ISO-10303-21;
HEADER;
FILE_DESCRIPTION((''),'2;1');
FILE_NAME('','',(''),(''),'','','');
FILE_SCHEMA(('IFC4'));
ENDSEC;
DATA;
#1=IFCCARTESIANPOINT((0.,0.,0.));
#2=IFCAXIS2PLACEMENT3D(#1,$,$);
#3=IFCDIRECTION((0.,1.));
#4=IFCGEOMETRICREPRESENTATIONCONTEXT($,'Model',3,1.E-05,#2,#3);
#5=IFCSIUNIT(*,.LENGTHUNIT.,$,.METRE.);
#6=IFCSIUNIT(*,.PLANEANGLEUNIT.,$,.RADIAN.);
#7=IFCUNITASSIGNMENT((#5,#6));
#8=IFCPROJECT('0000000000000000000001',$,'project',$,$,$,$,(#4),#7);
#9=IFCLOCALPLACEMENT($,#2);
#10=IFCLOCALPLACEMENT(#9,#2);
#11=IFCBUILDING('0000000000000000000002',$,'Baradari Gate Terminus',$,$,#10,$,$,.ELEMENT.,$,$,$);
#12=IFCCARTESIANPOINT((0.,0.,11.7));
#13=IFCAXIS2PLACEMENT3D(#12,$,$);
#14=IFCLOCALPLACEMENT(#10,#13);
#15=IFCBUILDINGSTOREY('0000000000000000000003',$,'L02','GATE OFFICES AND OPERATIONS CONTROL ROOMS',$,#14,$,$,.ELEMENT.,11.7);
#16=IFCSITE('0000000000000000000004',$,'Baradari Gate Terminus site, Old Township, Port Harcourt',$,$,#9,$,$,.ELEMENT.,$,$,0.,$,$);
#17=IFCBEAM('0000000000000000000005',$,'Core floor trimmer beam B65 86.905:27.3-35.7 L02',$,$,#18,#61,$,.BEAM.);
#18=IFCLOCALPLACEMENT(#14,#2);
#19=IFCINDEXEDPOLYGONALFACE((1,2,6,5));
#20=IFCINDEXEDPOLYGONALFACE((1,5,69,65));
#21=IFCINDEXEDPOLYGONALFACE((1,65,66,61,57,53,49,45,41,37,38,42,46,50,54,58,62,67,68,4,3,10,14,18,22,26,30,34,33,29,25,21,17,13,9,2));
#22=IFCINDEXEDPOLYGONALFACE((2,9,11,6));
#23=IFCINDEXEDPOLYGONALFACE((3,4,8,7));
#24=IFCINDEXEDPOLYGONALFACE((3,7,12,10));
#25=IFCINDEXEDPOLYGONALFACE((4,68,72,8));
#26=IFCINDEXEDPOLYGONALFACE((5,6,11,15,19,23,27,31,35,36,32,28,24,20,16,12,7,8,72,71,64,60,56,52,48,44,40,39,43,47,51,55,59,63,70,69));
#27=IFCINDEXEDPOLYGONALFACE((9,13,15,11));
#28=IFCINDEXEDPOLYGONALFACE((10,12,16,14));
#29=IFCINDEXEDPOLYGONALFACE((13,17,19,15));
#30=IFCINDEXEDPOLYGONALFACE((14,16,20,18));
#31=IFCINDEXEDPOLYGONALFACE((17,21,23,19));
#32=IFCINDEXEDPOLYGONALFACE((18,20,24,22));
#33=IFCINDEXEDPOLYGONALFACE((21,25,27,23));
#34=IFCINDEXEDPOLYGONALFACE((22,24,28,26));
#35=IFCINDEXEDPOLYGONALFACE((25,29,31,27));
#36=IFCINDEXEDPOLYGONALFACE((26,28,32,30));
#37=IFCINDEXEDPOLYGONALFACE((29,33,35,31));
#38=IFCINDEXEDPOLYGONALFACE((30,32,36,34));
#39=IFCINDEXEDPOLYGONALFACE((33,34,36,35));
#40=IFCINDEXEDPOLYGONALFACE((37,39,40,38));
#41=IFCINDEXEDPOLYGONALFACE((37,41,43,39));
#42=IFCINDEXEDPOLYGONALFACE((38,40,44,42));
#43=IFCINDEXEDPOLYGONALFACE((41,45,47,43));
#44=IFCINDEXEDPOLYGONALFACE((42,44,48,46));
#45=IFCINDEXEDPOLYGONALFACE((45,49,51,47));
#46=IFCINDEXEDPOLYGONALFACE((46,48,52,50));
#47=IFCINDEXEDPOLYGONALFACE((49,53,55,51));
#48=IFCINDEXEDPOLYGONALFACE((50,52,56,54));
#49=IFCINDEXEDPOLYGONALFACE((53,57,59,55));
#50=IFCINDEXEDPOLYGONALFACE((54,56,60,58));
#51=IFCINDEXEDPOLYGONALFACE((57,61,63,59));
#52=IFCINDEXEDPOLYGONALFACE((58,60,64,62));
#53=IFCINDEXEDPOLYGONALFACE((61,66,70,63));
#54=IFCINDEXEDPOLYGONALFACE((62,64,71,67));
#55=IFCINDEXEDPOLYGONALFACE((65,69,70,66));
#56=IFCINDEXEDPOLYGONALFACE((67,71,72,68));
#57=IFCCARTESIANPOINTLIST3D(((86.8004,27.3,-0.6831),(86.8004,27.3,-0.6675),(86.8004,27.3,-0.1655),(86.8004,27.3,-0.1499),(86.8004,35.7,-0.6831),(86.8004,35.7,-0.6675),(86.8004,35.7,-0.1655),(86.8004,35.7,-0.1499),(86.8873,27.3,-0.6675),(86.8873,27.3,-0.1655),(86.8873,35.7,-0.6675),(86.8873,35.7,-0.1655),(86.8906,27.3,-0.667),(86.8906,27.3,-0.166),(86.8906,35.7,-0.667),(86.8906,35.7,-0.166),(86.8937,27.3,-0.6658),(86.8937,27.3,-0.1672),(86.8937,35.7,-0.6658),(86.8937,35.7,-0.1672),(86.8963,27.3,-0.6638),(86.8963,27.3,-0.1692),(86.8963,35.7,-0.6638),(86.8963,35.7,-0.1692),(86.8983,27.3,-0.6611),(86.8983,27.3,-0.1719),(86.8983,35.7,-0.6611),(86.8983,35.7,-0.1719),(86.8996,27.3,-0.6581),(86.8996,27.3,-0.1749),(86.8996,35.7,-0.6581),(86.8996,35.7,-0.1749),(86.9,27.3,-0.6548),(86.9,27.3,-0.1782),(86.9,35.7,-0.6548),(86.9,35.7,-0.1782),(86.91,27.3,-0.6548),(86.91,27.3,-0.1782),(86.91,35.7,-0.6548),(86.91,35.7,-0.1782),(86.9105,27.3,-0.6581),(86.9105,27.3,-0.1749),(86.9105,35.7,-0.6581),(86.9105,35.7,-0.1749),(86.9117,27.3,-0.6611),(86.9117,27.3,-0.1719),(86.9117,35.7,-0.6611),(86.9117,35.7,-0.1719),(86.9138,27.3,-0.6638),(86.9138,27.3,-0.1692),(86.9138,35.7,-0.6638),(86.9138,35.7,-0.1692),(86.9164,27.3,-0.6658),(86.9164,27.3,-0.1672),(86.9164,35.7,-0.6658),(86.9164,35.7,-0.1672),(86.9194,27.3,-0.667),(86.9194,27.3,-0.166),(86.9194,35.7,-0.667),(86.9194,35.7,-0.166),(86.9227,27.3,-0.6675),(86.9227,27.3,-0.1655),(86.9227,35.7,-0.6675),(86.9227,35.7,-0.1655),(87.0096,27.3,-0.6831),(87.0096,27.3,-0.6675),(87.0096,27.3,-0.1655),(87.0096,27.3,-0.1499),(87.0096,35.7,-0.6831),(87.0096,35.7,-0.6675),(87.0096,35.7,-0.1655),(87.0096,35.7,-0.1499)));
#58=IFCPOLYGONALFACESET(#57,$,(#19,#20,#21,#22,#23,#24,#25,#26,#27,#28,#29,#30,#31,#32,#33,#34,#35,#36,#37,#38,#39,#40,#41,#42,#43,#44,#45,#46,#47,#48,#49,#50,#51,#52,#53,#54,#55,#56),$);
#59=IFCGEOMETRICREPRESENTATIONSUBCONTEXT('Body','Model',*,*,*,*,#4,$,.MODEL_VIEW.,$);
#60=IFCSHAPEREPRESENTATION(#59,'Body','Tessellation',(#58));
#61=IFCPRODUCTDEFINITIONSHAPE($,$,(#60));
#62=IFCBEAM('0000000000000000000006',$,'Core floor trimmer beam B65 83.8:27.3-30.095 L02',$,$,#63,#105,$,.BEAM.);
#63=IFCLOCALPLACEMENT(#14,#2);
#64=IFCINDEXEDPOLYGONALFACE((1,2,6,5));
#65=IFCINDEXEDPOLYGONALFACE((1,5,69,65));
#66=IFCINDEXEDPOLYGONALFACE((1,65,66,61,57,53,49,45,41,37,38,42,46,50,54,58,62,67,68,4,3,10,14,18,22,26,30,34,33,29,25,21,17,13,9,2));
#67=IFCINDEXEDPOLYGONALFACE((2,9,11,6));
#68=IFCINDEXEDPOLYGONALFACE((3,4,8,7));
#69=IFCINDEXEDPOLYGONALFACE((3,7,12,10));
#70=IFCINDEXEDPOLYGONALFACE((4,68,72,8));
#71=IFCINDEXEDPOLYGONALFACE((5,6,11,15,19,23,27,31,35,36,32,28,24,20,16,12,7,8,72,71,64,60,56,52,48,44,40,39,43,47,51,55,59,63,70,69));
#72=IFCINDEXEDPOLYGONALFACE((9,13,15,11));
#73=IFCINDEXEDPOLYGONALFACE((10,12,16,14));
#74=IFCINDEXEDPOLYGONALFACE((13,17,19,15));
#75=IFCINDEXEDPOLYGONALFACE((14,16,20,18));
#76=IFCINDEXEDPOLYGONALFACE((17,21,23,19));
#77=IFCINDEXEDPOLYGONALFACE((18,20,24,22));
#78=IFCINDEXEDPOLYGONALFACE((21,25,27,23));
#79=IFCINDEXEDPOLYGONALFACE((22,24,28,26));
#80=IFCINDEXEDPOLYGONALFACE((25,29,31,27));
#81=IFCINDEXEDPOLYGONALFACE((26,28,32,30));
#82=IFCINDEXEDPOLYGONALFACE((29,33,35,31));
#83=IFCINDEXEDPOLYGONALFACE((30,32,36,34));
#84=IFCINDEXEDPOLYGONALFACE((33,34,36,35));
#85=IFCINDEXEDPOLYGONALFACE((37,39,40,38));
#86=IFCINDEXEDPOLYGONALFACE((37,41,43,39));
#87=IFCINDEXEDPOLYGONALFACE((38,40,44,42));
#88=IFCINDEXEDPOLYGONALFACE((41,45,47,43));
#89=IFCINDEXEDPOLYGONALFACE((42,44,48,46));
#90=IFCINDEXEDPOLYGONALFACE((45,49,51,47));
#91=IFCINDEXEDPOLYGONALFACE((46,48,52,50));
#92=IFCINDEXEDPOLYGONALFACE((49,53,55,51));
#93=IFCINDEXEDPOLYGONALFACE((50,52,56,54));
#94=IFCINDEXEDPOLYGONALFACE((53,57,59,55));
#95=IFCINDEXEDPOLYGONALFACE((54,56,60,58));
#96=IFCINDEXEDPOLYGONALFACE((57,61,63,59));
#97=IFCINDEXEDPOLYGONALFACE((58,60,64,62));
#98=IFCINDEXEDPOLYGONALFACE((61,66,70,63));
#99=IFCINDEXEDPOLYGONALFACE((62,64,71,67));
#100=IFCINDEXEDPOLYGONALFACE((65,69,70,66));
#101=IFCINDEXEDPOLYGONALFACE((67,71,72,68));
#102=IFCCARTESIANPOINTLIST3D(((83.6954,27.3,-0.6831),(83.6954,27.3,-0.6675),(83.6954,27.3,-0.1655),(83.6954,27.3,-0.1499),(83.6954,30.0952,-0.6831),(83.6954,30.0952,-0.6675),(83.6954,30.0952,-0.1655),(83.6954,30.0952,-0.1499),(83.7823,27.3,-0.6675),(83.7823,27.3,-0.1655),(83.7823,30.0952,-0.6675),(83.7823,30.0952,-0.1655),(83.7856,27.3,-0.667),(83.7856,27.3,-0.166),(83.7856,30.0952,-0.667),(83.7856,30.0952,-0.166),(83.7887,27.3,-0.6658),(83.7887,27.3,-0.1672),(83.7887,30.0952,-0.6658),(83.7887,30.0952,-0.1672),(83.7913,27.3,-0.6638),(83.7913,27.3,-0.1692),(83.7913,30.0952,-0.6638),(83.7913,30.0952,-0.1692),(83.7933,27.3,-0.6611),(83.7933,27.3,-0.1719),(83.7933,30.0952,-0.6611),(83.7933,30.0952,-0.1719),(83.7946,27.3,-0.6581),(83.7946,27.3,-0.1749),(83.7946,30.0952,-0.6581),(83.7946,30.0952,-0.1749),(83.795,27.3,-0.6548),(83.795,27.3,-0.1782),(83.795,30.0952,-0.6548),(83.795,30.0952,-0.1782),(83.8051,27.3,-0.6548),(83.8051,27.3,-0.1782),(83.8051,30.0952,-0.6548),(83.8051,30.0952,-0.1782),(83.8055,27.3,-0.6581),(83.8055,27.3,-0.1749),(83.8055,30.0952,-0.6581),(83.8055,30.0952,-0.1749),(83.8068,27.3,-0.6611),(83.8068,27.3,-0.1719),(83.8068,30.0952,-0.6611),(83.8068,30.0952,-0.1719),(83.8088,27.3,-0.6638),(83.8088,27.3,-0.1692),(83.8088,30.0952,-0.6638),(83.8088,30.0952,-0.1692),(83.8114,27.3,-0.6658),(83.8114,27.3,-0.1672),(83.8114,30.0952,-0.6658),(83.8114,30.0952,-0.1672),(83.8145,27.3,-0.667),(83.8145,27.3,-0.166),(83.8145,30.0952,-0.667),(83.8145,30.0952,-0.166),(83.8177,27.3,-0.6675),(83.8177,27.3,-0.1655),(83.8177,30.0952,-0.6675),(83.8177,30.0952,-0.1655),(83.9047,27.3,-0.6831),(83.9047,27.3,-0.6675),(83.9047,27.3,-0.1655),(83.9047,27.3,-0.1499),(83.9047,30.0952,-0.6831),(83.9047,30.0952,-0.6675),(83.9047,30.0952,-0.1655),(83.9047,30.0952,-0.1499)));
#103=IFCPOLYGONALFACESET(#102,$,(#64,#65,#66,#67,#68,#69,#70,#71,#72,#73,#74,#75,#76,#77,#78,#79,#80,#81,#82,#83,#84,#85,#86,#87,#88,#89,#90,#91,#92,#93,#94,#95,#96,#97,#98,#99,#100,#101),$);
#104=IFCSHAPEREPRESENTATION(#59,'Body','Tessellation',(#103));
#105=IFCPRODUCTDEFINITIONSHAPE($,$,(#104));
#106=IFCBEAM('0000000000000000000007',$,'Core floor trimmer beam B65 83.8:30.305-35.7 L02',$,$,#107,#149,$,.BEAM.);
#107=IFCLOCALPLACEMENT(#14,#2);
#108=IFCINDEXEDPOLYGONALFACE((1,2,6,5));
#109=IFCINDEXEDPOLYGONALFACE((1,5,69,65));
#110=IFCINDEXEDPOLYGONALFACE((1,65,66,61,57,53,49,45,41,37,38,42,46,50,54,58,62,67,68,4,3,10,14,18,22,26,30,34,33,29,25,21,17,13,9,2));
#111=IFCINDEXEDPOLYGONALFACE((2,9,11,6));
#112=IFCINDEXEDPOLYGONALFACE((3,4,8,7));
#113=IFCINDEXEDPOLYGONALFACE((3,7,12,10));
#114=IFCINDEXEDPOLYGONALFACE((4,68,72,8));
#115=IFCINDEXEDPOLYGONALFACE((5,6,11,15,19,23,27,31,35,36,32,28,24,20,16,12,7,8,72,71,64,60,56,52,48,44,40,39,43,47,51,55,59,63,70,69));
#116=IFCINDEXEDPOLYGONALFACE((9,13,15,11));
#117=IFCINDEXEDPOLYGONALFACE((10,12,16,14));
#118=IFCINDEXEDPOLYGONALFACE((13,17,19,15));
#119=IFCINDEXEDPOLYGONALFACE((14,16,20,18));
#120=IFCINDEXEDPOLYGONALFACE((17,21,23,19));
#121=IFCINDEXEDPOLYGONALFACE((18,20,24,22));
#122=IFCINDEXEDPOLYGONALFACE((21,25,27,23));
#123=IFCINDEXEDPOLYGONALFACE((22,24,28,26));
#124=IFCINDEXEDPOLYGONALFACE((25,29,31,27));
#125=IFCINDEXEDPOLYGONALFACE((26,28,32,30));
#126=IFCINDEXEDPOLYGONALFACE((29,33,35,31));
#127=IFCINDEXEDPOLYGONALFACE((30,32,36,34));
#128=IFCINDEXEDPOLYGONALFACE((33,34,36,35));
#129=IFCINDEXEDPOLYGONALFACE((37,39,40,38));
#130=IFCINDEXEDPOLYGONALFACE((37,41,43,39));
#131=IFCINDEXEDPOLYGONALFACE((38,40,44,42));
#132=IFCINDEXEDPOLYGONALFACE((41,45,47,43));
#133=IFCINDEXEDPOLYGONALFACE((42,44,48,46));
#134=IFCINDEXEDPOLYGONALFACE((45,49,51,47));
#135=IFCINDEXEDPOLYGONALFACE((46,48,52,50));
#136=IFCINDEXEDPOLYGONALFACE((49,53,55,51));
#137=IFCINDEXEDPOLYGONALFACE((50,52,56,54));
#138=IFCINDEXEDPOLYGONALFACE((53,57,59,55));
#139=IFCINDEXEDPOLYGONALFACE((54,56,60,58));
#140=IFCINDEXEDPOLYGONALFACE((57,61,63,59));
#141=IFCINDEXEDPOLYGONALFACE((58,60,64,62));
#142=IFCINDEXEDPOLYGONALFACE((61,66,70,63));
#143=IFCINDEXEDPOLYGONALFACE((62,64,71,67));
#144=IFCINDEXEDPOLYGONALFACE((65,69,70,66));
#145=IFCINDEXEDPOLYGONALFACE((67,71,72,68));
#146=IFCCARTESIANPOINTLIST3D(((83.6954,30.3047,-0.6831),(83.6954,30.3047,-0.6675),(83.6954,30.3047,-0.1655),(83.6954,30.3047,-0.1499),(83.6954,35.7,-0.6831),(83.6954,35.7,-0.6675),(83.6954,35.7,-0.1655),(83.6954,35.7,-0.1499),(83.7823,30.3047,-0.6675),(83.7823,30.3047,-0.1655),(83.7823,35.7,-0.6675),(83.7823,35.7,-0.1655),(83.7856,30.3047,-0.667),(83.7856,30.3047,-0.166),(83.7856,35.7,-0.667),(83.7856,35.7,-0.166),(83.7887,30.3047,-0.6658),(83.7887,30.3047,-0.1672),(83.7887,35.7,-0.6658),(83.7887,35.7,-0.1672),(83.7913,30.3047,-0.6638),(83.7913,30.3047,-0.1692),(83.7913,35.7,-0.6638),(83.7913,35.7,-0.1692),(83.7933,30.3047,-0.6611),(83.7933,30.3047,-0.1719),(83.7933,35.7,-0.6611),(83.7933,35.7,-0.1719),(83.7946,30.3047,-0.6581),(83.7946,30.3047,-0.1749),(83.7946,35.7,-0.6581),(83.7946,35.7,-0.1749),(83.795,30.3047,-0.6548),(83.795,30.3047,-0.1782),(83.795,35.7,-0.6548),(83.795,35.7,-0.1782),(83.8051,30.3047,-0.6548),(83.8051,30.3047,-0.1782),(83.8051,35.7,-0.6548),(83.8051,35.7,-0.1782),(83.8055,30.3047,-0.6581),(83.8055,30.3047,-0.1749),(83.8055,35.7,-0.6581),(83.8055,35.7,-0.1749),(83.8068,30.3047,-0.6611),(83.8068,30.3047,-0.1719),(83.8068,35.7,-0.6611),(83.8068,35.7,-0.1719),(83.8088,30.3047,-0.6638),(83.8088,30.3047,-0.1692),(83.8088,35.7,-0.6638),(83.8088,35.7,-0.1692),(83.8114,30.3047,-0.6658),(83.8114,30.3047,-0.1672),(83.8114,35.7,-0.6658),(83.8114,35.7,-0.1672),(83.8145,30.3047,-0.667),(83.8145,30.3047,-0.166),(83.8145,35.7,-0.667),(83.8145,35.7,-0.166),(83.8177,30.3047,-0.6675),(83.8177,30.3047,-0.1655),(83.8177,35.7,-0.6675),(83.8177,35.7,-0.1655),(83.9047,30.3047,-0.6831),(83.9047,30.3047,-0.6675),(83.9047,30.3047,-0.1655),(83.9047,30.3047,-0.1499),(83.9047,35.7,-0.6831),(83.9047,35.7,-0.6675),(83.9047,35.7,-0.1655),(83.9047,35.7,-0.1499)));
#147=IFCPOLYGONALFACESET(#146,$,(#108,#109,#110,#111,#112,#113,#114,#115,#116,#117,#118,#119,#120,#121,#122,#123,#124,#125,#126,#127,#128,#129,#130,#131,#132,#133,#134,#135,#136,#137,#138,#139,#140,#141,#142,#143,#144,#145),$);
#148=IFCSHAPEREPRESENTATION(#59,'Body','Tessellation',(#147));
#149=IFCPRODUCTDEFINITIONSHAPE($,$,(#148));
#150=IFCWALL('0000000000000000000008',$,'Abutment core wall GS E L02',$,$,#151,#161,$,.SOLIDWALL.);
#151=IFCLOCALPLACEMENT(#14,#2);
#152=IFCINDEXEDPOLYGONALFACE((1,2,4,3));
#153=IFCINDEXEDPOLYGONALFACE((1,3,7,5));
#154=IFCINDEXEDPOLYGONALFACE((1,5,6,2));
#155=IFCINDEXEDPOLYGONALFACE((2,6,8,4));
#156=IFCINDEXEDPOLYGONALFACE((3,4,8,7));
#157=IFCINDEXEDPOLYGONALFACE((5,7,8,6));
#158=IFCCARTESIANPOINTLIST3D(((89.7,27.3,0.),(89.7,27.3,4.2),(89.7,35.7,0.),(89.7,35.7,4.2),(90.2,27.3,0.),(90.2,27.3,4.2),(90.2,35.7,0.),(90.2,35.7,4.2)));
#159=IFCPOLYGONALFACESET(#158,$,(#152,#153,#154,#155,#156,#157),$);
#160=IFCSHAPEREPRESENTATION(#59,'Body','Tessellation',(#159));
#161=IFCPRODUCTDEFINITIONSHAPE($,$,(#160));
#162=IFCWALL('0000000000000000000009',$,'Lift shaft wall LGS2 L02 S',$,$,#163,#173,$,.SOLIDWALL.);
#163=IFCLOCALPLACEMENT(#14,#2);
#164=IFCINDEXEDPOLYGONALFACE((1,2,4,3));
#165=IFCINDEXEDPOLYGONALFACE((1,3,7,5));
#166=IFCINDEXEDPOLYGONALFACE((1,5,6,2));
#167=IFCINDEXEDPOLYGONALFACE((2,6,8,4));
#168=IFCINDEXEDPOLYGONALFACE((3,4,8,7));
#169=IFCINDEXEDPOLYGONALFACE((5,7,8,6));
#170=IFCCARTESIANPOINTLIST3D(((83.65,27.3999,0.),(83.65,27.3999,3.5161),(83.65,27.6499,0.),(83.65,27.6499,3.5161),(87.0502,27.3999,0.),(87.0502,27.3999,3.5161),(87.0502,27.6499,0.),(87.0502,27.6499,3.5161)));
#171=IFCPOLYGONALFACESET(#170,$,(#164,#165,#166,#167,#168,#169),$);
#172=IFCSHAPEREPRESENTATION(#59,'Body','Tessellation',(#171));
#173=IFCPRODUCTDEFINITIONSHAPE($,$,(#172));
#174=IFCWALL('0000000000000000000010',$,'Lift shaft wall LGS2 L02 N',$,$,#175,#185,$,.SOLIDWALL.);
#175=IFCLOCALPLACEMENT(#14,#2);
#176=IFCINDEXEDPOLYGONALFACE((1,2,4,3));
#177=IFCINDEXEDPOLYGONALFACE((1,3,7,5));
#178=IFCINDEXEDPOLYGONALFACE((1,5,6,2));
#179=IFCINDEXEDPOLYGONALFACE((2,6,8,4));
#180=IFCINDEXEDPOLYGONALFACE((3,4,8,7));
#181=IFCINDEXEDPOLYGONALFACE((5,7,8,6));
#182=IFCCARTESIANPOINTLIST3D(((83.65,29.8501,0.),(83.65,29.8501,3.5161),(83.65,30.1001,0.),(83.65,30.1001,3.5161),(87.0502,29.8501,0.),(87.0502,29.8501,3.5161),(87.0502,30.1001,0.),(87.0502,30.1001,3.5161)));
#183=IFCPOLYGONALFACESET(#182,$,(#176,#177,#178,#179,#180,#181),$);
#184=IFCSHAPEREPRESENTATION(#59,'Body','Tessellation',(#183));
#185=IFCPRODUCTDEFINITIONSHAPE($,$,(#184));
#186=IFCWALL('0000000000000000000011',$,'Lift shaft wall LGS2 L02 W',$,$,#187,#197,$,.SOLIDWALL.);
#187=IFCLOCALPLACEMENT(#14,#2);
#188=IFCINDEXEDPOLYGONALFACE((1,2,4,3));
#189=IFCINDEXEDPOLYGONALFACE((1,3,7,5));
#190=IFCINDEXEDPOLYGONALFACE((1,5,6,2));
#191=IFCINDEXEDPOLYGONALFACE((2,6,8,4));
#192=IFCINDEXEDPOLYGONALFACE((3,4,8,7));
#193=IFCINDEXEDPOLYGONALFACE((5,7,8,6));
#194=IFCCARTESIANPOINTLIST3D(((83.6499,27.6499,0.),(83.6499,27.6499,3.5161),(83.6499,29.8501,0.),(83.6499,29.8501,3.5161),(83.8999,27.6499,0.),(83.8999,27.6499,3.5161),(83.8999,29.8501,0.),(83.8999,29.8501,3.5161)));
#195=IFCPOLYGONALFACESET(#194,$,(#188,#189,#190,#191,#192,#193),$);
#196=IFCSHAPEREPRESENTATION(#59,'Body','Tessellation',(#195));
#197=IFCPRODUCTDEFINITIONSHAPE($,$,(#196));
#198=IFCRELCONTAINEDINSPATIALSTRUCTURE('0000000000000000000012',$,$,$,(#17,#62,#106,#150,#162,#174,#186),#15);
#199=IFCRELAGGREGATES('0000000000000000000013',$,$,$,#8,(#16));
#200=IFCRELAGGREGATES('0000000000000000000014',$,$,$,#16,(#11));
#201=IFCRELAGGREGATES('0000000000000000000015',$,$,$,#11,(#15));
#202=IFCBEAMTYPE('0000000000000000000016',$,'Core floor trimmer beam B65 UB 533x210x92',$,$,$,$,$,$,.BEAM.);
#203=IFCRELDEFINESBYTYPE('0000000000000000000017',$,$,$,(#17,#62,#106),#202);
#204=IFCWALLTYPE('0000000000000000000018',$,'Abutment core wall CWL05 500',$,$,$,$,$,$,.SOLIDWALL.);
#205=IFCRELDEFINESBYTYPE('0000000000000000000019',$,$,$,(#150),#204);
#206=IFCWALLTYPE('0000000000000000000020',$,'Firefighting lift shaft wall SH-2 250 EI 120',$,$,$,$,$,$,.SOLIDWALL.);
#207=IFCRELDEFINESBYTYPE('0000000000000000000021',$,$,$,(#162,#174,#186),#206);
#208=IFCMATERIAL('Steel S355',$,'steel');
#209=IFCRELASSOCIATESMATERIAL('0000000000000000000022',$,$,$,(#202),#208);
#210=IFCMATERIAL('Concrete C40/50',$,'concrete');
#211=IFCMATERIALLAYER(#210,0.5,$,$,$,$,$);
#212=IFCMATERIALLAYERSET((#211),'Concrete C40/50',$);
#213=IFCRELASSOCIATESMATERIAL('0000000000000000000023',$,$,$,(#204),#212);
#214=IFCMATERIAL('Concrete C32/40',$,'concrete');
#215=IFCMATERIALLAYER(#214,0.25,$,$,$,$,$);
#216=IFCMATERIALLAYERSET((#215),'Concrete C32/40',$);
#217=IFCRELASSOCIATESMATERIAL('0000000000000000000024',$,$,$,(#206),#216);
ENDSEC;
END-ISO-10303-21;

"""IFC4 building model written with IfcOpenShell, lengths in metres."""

from ifc_helpers import new_model, si_unit, direction, frame, frame_2d, origin, origin_2d, place, context, subcontext, project, spatial, rectangle, i_section, extrude, material, layer, layer_set, material_profile, profile_set, type_object, element, save


model = new_model("IFC4")

# Units and contexts
model_context = context("Model", 3, precision=1e-05, world=origin(), true_north=direction((0.0, 1.0)))
body_context = subcontext(model_context, "Body", "Model", "MODEL_VIEW")
ifc_project = project(units=[si_unit("LENGTHUNIT", "METRE"), si_unit("PLANEANGLEUNIT", "RADIAN")], contexts=[model_context])

# Site, building, storey
site_placement = place(None, origin())
site = spatial("IfcSite", under=ifc_project, at=site_placement, Name="Baradari Gate Terminus site, Old Township, Port Harcourt", CompositionType="ELEMENT", RefElevation=0.0)
building_placement = place(site_placement, origin())
building = spatial("IfcBuilding", under=site, at=building_placement, Name="Baradari Gate Terminus", CompositionType="ELEMENT")
storey_placement = place(building_placement, frame((0.0, 0.0, 11.7)))
storey = spatial("IfcBuildingStorey", under=building, at=storey_placement, Name="L02", Description="GATE OFFICES AND OPERATIONS CONTROL ROOMS", CompositionType="ELEMENT", Elevation=11.7)

# Beams
ifc_material_1 = material(Name="Steel S355", Category="steel")
ifc_material_profile = material_profile(ifc_material_1, i_section(OverallWidth=0.2092, OverallDepth=0.5332, WebThickness=0.01, FlangeThickness=0.0156, FilletRadius=0.0127, at=origin_2d()), Name="UB 533x210x92")
ifc_profile_set = profile_set([ifc_material_profile], Name="Steel S355")
beam_type = type_object("IfcBeamType", Name="Core floor trimmer beam B65 UB 533x210x92", PredefinedType="BEAM", material=ifc_profile_set)
beam_1_placement = place(storey_placement, frame((86.905, 27.3, -0.4165), z_axis=(0.0, 1.0, 0.0), x_axis=(-1.0, 0.0, 0.0)))
element("IfcBeam", 1, at=beam_1_placement, inside=storey, type_object=beam_type, Name="Core floor trimmer beam B65 86.905:27.3-35.7 L02", PredefinedType="BEAM", context=body_context, shape_type="SweptSolid", body=[
    extrude(i_section(OverallWidth=0.2092, OverallDepth=0.5332, WebThickness=0.01, FlangeThickness=0.0156, FilletRadius=0.0127, at=origin_2d()), origin(), (0.0, 0.0, 1.0), 8.3999),
])
beam_2_placement = place(storey_placement, frame((83.8, 27.3, -0.4165), z_axis=(0.0, 1.0, 0.0), x_axis=(-1.0, 0.0, 0.0)))
element("IfcBeam", 2, at=beam_2_placement, inside=storey, type_object=beam_type, Name="Core floor trimmer beam B65 83.8:27.3-30.095 L02", PredefinedType="BEAM", context=body_context, shape_type="SweptSolid", body=[
    extrude(i_section(OverallWidth=0.2092, OverallDepth=0.5332, WebThickness=0.01, FlangeThickness=0.0156, FilletRadius=0.0127, at=origin_2d()), origin(), (0.0, 0.0, 1.0), 2.7952),
])
beam_3_placement = place(storey_placement, frame((83.8, 30.3047, -0.4165), z_axis=(0.0, 1.0, 0.0), x_axis=(-1.0, 0.0, 0.0)))
element("IfcBeam", 3, at=beam_3_placement, inside=storey, type_object=beam_type, Name="Core floor trimmer beam B65 83.8:30.305-35.7 L02", PredefinedType="BEAM", context=body_context, shape_type="SweptSolid", body=[
    extrude(i_section(OverallWidth=0.2092, OverallDepth=0.5332, WebThickness=0.01, FlangeThickness=0.0156, FilletRadius=0.0127, at=origin_2d()), origin(), (0.0, 0.0, 1.0), 5.3953),
])

# Walls
ifc_material_2 = material(Name="Concrete C40/50", Category="concrete")
ifc_layer_1 = layer(ifc_material_2, 0.5)
ifc_layer_set_1 = layer_set([ifc_layer_1], Name="Concrete C40/50")
wall_type_1 = type_object("IfcWallType", Name="Abutment core wall CWL05 500", PredefinedType="SOLIDWALL", material=ifc_layer_set_1)
wall_1_placement = place(storey_placement, frame((89.95, 27.3, 0.0), z_axis=(0.0, 0.0, 1.0), x_axis=(0.0, 1.0, 0.0)))
element("IfcWall", 4, at=wall_1_placement, inside=storey, type_object=wall_type_1, Name="Abutment core wall GS E L02", PredefinedType="SOLIDWALL", context=body_context, shape_type="SweptSolid", body=[
    extrude(rectangle(XDim=8.3999, YDim=0.5, at=frame_2d((4.2, 0.0))), origin(), (0.0, 0.0, 1.0), 4.2),
])
ifc_material_3 = material(Name="Concrete C32/40", Category="concrete")
ifc_layer_2 = layer(ifc_material_3, 0.25)
ifc_layer_set_2 = layer_set([ifc_layer_2], Name="Concrete C32/40")
wall_type_2 = type_object("IfcWallType", Name="Firefighting lift shaft wall SH-2 250 EI 120", PredefinedType="SOLIDWALL", material=ifc_layer_set_2)
for number, where, z_axis, x_axis, name in (
    (5, (83.6499, 27.5249, 0.0), (0.0, 0.0, 1.0), (1.0, 0.0, 0.0), "Lift shaft wall LGS2 L02 S"),
    (6, (83.6499, 29.9751, 0.0), (0.0, 0.0, 1.0), (1.0, 0.0, 0.0), "Lift shaft wall LGS2 L02 N"),
):
    element("IfcWall", number, at=place(storey_placement, frame(where, z_axis=z_axis, x_axis=x_axis)), inside=storey, type_object=wall_type_2, Name=name, PredefinedType="SOLIDWALL", context=body_context, shape_type="SweptSolid", body=[
        extrude(rectangle(XDim=3.4001, YDim=0.25, at=frame_2d((1.7002, 0.0))), origin(), (0.0, 0.0, 1.0), 3.5161),
    ])
wall_2_placement = place(storey_placement, frame((83.7749, 27.6499, 0.0), z_axis=(0.0, 0.0, 1.0), x_axis=(0.0, 1.0, 0.0)))
element("IfcWall", 7, at=wall_2_placement, inside=storey, type_object=wall_type_2, Name="Lift shaft wall LGS2 L02 W", PredefinedType="SOLIDWALL", context=body_context, shape_type="SweptSolid", body=[
    extrude(rectangle(XDim=2.2002, YDim=0.25, at=frame_2d((1.1001, 0.0))), origin(), (0.0, 0.0, 1.0), 3.5161),
])

save(model, "model.ifc")
